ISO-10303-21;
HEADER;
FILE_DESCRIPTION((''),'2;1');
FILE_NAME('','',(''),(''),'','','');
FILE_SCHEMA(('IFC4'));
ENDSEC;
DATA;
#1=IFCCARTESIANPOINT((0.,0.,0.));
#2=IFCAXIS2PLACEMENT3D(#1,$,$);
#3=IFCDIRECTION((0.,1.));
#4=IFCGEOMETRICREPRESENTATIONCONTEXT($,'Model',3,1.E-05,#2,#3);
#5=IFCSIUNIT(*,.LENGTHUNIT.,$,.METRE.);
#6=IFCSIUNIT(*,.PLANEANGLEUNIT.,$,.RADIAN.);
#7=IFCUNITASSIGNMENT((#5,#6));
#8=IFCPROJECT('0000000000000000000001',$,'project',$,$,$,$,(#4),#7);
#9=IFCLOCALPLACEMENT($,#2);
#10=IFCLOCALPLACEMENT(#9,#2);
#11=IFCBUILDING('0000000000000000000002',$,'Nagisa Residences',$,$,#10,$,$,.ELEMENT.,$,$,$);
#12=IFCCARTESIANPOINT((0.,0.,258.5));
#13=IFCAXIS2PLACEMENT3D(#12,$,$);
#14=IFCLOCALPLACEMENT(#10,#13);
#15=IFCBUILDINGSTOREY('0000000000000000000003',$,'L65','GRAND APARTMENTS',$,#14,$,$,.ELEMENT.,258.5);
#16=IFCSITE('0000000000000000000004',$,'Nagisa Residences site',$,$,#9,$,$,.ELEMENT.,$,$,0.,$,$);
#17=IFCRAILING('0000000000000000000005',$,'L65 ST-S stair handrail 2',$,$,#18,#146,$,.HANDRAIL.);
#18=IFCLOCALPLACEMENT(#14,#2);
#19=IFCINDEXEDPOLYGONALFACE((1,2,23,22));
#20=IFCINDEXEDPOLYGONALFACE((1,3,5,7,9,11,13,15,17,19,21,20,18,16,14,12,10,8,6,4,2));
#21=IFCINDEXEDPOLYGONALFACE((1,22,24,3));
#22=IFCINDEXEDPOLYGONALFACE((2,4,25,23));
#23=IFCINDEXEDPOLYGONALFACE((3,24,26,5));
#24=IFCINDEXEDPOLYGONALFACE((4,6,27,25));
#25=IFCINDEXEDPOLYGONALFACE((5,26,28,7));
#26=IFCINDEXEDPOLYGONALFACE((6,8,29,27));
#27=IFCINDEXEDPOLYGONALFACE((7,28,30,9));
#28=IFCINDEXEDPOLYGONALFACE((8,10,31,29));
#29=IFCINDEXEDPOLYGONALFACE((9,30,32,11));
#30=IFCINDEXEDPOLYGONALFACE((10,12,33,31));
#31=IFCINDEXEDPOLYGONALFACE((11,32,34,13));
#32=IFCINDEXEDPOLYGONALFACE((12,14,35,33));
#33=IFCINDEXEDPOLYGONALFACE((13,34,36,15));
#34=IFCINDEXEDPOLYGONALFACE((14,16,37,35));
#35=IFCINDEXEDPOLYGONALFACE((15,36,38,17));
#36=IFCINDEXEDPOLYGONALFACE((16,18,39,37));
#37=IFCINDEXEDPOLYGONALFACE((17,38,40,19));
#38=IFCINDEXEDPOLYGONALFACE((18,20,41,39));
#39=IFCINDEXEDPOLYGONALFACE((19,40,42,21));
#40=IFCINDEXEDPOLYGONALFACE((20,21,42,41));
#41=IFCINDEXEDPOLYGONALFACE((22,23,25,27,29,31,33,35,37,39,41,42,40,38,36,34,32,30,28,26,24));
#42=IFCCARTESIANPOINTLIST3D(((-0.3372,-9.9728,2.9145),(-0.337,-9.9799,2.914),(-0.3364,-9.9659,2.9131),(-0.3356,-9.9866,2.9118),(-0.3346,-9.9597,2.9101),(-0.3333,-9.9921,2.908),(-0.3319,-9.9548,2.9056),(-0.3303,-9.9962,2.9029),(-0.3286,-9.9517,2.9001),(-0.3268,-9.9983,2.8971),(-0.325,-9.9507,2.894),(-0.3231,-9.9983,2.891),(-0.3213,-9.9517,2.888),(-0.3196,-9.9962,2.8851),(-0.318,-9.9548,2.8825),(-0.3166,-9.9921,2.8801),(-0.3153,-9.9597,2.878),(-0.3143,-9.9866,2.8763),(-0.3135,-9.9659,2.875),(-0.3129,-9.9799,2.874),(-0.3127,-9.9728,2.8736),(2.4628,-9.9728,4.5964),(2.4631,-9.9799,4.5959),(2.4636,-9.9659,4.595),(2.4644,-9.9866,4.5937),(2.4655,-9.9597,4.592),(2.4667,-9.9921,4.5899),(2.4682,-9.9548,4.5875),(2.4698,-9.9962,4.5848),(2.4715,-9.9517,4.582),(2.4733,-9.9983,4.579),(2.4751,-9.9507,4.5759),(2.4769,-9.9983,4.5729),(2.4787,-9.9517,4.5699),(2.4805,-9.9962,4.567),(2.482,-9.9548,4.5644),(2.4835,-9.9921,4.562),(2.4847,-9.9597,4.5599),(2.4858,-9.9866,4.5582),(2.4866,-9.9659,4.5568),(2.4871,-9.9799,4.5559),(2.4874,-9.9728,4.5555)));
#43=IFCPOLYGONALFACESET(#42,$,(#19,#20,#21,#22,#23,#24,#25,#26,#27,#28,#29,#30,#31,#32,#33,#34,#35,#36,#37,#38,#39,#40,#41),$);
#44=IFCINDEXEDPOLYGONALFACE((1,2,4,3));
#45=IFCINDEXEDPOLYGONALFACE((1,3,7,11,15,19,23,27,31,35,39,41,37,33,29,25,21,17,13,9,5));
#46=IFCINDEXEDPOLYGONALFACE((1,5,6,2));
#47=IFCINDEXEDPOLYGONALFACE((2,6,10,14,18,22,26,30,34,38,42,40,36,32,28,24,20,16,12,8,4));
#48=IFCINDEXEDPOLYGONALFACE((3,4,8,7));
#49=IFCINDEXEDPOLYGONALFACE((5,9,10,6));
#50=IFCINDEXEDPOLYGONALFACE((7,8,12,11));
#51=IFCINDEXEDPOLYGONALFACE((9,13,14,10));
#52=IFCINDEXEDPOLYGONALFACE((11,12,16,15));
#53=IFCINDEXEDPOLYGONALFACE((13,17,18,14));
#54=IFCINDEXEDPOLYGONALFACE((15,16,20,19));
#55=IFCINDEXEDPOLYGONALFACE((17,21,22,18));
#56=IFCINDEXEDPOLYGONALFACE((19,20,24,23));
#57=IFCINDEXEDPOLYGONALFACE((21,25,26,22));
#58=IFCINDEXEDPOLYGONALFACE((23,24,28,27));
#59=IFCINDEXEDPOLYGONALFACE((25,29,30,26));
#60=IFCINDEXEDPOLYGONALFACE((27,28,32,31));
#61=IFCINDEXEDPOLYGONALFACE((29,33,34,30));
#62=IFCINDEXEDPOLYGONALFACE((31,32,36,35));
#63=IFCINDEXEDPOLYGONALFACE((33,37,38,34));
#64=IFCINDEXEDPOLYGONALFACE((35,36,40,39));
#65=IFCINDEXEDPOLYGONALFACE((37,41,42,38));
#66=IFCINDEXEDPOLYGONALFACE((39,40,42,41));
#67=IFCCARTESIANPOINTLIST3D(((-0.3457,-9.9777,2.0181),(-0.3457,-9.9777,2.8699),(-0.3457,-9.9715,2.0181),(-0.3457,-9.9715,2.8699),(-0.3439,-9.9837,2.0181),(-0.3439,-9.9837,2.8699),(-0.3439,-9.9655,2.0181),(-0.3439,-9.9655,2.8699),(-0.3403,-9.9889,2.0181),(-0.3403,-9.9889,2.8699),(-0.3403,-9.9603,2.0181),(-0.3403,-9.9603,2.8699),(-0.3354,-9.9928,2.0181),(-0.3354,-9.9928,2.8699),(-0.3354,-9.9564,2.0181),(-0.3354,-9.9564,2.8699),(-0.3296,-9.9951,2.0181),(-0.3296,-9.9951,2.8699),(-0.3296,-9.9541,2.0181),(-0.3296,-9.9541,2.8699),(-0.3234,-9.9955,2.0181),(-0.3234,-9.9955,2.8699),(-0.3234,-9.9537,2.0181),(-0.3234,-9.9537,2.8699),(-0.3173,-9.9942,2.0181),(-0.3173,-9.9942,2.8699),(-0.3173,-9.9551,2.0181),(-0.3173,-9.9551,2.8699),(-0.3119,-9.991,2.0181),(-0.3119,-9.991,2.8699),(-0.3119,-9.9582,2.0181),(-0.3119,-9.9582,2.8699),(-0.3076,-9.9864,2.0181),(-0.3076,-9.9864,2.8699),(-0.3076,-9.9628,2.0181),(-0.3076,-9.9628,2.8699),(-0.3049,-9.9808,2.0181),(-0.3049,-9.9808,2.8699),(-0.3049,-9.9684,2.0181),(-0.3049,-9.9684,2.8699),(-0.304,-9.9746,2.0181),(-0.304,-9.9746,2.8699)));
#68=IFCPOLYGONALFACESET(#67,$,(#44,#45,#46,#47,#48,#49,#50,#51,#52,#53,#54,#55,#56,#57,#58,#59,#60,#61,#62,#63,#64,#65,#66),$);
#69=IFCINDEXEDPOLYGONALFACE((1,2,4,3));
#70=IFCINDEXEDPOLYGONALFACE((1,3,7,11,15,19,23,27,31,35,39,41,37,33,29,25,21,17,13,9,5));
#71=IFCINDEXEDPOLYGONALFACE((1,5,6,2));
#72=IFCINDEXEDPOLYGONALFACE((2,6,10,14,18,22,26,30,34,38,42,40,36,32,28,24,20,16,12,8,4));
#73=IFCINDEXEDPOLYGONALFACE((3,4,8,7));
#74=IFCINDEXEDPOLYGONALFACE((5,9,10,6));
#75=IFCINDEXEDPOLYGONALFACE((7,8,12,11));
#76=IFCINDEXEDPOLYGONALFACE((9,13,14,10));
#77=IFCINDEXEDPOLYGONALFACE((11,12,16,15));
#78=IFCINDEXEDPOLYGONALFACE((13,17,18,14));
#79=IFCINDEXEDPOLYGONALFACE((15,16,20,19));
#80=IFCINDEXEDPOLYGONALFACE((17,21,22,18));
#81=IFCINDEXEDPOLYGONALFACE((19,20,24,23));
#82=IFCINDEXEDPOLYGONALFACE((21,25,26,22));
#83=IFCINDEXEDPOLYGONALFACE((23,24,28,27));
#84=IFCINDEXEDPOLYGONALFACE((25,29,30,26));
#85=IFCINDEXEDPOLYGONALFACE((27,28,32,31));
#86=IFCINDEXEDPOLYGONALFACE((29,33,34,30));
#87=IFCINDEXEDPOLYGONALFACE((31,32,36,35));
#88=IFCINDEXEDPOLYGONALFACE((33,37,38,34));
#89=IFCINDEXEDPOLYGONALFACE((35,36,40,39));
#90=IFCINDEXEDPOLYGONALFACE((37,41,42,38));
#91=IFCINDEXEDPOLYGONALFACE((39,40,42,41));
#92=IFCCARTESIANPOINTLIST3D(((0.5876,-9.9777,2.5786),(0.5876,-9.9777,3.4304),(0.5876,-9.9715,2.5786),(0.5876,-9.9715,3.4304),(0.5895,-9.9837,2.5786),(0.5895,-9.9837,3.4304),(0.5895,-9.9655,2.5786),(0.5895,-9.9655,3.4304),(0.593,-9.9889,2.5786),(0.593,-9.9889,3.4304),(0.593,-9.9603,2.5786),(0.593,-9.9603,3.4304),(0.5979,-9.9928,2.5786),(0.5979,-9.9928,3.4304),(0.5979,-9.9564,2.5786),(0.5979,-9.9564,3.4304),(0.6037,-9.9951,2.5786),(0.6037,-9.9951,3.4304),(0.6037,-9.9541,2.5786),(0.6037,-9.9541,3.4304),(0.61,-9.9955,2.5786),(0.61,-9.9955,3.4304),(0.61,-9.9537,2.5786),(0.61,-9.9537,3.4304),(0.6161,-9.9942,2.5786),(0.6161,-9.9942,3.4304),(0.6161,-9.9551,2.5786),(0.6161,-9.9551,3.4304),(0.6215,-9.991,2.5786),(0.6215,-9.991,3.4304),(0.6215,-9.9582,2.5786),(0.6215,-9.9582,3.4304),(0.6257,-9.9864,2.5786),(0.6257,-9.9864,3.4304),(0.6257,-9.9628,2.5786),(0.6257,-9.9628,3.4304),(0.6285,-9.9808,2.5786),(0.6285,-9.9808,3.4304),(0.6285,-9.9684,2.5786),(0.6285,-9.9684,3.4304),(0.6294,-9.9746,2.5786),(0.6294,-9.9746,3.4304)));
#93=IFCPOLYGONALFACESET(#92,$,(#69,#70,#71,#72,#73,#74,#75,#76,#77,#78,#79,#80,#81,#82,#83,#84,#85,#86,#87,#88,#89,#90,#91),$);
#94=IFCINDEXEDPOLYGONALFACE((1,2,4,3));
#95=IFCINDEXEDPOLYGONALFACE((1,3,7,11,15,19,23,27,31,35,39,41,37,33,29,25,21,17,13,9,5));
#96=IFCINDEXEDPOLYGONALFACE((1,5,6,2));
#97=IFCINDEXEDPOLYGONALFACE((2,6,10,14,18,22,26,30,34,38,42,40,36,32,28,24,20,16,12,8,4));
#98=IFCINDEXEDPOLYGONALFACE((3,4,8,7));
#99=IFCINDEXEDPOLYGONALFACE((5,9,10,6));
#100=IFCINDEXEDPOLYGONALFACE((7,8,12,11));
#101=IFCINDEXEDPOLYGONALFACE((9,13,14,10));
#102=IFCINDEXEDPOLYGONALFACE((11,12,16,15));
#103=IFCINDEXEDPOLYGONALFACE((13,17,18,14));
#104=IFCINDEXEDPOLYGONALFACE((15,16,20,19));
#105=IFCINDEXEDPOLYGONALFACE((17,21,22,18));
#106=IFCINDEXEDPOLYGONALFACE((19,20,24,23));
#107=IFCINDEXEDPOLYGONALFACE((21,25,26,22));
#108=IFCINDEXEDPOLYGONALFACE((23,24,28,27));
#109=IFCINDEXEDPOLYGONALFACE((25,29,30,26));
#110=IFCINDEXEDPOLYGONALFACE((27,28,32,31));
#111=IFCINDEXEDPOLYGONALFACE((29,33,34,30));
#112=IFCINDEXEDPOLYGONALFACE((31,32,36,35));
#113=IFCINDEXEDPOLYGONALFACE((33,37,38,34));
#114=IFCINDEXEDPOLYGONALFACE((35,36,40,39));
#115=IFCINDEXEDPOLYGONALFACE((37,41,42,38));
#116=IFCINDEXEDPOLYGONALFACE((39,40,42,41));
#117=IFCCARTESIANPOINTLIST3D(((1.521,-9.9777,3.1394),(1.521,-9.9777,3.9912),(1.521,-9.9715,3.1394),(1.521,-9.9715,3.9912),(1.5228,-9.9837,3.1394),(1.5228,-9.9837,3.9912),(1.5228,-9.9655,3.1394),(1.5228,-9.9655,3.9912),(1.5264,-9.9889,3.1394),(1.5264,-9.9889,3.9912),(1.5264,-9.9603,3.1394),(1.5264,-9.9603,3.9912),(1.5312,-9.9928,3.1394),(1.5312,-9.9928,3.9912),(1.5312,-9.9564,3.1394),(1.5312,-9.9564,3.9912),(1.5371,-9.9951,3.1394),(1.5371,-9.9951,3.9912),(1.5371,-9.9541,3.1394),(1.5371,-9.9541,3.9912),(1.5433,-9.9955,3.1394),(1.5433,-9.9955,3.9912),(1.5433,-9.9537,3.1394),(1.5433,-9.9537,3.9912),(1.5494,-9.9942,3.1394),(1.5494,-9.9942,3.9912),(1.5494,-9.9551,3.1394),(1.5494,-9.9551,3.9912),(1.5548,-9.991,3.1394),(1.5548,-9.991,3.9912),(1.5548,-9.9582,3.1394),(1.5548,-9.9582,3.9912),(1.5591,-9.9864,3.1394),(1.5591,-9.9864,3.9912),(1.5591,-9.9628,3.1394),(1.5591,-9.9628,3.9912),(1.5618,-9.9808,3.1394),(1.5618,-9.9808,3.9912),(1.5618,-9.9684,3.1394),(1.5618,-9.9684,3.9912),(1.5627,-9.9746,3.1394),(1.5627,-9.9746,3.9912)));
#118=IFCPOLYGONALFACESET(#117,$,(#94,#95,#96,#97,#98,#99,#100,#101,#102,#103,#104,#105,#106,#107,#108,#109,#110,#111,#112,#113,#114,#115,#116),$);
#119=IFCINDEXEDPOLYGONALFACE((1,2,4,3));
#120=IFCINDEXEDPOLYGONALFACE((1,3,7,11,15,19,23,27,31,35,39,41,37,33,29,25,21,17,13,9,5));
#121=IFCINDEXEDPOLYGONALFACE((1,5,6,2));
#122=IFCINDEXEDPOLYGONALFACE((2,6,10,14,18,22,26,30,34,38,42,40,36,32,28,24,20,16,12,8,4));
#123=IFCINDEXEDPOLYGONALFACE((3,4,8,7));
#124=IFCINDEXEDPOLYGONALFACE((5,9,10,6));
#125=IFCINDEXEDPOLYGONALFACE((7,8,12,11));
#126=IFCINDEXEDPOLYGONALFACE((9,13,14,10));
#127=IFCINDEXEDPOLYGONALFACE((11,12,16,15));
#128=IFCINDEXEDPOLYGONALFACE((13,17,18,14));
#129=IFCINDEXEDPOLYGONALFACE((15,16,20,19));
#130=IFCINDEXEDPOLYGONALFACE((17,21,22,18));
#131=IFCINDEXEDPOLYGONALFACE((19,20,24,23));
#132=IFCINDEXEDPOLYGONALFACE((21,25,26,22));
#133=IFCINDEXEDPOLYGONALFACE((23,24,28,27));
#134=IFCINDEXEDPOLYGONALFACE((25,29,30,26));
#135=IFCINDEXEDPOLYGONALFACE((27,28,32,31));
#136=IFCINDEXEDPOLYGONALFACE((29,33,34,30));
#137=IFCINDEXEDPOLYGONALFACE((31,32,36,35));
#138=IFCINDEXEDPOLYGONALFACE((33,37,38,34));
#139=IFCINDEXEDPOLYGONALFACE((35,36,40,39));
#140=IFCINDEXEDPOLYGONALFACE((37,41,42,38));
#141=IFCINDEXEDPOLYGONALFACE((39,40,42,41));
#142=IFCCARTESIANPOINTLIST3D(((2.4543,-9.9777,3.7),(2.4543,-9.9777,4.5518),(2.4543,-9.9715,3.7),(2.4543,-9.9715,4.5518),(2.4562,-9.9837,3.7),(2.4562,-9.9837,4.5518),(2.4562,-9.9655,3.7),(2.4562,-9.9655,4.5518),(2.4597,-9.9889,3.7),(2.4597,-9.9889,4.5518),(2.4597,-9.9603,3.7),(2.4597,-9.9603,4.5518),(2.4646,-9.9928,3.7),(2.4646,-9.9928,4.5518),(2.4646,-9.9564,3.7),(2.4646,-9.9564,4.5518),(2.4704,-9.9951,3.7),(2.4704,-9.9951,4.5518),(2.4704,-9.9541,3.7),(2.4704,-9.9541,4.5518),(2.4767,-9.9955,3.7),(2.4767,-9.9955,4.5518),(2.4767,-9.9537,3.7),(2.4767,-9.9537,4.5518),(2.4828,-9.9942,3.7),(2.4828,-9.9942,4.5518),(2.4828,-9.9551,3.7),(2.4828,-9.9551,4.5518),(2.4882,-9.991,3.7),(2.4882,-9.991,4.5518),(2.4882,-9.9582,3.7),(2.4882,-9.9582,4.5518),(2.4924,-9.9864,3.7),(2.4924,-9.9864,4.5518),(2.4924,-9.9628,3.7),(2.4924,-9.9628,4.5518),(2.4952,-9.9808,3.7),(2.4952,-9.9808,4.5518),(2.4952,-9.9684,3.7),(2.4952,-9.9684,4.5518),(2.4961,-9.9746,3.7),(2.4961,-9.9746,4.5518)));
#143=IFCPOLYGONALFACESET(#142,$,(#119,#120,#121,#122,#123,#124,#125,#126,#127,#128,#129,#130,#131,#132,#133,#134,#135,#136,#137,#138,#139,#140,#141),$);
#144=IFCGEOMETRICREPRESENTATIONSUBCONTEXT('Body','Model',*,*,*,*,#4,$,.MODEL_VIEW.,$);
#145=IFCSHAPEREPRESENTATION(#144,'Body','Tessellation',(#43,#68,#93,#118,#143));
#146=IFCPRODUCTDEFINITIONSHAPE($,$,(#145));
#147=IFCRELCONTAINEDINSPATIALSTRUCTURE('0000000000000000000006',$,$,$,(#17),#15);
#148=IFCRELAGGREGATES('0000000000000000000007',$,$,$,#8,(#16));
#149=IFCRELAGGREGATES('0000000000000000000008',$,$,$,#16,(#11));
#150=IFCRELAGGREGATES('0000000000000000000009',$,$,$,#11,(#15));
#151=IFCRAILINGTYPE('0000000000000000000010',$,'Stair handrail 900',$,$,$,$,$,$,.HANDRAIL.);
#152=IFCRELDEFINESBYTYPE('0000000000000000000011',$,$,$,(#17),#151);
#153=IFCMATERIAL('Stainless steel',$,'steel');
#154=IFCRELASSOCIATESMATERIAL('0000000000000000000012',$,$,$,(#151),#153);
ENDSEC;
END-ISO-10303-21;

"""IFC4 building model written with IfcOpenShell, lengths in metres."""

from ifc_helpers import new_model, si_unit, direction, frame, origin, origin_2d, place, context, subcontext, project, spatial, circle, extrude, material, type_object, element, save


model = new_model("IFC4")

# Units and contexts
model_context = context("Model", 3, precision=1e-05, world=origin(), true_north=direction((0.0, 1.0)))
body_context = subcontext(model_context, "Body", "Model", "MODEL_VIEW")
ifc_project = project(units=[si_unit("LENGTHUNIT", "METRE"), si_unit("PLANEANGLEUNIT", "RADIAN")], contexts=[model_context])

# Site, building, storey
site_placement = place(None, origin())
site = spatial("IfcSite", under=ifc_project, at=site_placement, Name="Nagisa Residences site", CompositionType="ELEMENT", RefElevation=0.0)
building_placement = place(site_placement, origin())
building = spatial("IfcBuilding", under=site, at=building_placement, Name="Nagisa Residences", CompositionType="ELEMENT")
storey_placement = place(building_placement, frame((0.0, 0.0, 258.5)))
storey = spatial("IfcBuildingStorey", under=building, at=storey_placement, Name="L65", Description="GRAND APARTMENTS", CompositionType="ELEMENT", Elevation=258.5)

# Railing
ifc_material_1 = material(Name="Stainless steel", Category="steel")
railing_type = type_object("IfcRailingType", Name="Stair handrail 900", PredefinedType="HANDRAIL", material=ifc_material_1)
railing_placement = place(storey_placement, frame((-0.325, -9.9746, 2.0181)))
element("IfcRailing", 1, at=railing_placement, inside=storey, type_object=railing_type, Name="L65 ST-S stair handrail 2", PredefinedType="HANDRAIL", context=body_context, shape_type="SweptSolid", body=[
    extrude(circle(Radius=0.0239, at=origin_2d()), frame((0.0, 0.0, 0.876), z_axis=(0.857242, 0.0, 0.514913), x_axis=(0.0, 1.0, 0.0)), (0.0, 0.0, 1.0), 3.2664),
    extrude(circle(Radius=0.021, at=origin_2d()), origin(), (0.0, 0.0, 1.0), 0.8518),
    extrude(circle(Radius=0.021, at=origin_2d()), frame((0.9333, 0.0, 0.5605)), (0.0, 0.0, 1.0), 0.8518),
    extrude(circle(Radius=0.021, at=origin_2d()), frame((1.8667, 0.0, 1.1213)), (0.0, 0.0, 1.0), 0.8518),
    extrude(circle(Radius=0.021, at=origin_2d()), frame((2.8, 0.0, 1.6819)), (0.0, 0.0, 1.0), 0.8518),
])

save(model, "model.ifc")
